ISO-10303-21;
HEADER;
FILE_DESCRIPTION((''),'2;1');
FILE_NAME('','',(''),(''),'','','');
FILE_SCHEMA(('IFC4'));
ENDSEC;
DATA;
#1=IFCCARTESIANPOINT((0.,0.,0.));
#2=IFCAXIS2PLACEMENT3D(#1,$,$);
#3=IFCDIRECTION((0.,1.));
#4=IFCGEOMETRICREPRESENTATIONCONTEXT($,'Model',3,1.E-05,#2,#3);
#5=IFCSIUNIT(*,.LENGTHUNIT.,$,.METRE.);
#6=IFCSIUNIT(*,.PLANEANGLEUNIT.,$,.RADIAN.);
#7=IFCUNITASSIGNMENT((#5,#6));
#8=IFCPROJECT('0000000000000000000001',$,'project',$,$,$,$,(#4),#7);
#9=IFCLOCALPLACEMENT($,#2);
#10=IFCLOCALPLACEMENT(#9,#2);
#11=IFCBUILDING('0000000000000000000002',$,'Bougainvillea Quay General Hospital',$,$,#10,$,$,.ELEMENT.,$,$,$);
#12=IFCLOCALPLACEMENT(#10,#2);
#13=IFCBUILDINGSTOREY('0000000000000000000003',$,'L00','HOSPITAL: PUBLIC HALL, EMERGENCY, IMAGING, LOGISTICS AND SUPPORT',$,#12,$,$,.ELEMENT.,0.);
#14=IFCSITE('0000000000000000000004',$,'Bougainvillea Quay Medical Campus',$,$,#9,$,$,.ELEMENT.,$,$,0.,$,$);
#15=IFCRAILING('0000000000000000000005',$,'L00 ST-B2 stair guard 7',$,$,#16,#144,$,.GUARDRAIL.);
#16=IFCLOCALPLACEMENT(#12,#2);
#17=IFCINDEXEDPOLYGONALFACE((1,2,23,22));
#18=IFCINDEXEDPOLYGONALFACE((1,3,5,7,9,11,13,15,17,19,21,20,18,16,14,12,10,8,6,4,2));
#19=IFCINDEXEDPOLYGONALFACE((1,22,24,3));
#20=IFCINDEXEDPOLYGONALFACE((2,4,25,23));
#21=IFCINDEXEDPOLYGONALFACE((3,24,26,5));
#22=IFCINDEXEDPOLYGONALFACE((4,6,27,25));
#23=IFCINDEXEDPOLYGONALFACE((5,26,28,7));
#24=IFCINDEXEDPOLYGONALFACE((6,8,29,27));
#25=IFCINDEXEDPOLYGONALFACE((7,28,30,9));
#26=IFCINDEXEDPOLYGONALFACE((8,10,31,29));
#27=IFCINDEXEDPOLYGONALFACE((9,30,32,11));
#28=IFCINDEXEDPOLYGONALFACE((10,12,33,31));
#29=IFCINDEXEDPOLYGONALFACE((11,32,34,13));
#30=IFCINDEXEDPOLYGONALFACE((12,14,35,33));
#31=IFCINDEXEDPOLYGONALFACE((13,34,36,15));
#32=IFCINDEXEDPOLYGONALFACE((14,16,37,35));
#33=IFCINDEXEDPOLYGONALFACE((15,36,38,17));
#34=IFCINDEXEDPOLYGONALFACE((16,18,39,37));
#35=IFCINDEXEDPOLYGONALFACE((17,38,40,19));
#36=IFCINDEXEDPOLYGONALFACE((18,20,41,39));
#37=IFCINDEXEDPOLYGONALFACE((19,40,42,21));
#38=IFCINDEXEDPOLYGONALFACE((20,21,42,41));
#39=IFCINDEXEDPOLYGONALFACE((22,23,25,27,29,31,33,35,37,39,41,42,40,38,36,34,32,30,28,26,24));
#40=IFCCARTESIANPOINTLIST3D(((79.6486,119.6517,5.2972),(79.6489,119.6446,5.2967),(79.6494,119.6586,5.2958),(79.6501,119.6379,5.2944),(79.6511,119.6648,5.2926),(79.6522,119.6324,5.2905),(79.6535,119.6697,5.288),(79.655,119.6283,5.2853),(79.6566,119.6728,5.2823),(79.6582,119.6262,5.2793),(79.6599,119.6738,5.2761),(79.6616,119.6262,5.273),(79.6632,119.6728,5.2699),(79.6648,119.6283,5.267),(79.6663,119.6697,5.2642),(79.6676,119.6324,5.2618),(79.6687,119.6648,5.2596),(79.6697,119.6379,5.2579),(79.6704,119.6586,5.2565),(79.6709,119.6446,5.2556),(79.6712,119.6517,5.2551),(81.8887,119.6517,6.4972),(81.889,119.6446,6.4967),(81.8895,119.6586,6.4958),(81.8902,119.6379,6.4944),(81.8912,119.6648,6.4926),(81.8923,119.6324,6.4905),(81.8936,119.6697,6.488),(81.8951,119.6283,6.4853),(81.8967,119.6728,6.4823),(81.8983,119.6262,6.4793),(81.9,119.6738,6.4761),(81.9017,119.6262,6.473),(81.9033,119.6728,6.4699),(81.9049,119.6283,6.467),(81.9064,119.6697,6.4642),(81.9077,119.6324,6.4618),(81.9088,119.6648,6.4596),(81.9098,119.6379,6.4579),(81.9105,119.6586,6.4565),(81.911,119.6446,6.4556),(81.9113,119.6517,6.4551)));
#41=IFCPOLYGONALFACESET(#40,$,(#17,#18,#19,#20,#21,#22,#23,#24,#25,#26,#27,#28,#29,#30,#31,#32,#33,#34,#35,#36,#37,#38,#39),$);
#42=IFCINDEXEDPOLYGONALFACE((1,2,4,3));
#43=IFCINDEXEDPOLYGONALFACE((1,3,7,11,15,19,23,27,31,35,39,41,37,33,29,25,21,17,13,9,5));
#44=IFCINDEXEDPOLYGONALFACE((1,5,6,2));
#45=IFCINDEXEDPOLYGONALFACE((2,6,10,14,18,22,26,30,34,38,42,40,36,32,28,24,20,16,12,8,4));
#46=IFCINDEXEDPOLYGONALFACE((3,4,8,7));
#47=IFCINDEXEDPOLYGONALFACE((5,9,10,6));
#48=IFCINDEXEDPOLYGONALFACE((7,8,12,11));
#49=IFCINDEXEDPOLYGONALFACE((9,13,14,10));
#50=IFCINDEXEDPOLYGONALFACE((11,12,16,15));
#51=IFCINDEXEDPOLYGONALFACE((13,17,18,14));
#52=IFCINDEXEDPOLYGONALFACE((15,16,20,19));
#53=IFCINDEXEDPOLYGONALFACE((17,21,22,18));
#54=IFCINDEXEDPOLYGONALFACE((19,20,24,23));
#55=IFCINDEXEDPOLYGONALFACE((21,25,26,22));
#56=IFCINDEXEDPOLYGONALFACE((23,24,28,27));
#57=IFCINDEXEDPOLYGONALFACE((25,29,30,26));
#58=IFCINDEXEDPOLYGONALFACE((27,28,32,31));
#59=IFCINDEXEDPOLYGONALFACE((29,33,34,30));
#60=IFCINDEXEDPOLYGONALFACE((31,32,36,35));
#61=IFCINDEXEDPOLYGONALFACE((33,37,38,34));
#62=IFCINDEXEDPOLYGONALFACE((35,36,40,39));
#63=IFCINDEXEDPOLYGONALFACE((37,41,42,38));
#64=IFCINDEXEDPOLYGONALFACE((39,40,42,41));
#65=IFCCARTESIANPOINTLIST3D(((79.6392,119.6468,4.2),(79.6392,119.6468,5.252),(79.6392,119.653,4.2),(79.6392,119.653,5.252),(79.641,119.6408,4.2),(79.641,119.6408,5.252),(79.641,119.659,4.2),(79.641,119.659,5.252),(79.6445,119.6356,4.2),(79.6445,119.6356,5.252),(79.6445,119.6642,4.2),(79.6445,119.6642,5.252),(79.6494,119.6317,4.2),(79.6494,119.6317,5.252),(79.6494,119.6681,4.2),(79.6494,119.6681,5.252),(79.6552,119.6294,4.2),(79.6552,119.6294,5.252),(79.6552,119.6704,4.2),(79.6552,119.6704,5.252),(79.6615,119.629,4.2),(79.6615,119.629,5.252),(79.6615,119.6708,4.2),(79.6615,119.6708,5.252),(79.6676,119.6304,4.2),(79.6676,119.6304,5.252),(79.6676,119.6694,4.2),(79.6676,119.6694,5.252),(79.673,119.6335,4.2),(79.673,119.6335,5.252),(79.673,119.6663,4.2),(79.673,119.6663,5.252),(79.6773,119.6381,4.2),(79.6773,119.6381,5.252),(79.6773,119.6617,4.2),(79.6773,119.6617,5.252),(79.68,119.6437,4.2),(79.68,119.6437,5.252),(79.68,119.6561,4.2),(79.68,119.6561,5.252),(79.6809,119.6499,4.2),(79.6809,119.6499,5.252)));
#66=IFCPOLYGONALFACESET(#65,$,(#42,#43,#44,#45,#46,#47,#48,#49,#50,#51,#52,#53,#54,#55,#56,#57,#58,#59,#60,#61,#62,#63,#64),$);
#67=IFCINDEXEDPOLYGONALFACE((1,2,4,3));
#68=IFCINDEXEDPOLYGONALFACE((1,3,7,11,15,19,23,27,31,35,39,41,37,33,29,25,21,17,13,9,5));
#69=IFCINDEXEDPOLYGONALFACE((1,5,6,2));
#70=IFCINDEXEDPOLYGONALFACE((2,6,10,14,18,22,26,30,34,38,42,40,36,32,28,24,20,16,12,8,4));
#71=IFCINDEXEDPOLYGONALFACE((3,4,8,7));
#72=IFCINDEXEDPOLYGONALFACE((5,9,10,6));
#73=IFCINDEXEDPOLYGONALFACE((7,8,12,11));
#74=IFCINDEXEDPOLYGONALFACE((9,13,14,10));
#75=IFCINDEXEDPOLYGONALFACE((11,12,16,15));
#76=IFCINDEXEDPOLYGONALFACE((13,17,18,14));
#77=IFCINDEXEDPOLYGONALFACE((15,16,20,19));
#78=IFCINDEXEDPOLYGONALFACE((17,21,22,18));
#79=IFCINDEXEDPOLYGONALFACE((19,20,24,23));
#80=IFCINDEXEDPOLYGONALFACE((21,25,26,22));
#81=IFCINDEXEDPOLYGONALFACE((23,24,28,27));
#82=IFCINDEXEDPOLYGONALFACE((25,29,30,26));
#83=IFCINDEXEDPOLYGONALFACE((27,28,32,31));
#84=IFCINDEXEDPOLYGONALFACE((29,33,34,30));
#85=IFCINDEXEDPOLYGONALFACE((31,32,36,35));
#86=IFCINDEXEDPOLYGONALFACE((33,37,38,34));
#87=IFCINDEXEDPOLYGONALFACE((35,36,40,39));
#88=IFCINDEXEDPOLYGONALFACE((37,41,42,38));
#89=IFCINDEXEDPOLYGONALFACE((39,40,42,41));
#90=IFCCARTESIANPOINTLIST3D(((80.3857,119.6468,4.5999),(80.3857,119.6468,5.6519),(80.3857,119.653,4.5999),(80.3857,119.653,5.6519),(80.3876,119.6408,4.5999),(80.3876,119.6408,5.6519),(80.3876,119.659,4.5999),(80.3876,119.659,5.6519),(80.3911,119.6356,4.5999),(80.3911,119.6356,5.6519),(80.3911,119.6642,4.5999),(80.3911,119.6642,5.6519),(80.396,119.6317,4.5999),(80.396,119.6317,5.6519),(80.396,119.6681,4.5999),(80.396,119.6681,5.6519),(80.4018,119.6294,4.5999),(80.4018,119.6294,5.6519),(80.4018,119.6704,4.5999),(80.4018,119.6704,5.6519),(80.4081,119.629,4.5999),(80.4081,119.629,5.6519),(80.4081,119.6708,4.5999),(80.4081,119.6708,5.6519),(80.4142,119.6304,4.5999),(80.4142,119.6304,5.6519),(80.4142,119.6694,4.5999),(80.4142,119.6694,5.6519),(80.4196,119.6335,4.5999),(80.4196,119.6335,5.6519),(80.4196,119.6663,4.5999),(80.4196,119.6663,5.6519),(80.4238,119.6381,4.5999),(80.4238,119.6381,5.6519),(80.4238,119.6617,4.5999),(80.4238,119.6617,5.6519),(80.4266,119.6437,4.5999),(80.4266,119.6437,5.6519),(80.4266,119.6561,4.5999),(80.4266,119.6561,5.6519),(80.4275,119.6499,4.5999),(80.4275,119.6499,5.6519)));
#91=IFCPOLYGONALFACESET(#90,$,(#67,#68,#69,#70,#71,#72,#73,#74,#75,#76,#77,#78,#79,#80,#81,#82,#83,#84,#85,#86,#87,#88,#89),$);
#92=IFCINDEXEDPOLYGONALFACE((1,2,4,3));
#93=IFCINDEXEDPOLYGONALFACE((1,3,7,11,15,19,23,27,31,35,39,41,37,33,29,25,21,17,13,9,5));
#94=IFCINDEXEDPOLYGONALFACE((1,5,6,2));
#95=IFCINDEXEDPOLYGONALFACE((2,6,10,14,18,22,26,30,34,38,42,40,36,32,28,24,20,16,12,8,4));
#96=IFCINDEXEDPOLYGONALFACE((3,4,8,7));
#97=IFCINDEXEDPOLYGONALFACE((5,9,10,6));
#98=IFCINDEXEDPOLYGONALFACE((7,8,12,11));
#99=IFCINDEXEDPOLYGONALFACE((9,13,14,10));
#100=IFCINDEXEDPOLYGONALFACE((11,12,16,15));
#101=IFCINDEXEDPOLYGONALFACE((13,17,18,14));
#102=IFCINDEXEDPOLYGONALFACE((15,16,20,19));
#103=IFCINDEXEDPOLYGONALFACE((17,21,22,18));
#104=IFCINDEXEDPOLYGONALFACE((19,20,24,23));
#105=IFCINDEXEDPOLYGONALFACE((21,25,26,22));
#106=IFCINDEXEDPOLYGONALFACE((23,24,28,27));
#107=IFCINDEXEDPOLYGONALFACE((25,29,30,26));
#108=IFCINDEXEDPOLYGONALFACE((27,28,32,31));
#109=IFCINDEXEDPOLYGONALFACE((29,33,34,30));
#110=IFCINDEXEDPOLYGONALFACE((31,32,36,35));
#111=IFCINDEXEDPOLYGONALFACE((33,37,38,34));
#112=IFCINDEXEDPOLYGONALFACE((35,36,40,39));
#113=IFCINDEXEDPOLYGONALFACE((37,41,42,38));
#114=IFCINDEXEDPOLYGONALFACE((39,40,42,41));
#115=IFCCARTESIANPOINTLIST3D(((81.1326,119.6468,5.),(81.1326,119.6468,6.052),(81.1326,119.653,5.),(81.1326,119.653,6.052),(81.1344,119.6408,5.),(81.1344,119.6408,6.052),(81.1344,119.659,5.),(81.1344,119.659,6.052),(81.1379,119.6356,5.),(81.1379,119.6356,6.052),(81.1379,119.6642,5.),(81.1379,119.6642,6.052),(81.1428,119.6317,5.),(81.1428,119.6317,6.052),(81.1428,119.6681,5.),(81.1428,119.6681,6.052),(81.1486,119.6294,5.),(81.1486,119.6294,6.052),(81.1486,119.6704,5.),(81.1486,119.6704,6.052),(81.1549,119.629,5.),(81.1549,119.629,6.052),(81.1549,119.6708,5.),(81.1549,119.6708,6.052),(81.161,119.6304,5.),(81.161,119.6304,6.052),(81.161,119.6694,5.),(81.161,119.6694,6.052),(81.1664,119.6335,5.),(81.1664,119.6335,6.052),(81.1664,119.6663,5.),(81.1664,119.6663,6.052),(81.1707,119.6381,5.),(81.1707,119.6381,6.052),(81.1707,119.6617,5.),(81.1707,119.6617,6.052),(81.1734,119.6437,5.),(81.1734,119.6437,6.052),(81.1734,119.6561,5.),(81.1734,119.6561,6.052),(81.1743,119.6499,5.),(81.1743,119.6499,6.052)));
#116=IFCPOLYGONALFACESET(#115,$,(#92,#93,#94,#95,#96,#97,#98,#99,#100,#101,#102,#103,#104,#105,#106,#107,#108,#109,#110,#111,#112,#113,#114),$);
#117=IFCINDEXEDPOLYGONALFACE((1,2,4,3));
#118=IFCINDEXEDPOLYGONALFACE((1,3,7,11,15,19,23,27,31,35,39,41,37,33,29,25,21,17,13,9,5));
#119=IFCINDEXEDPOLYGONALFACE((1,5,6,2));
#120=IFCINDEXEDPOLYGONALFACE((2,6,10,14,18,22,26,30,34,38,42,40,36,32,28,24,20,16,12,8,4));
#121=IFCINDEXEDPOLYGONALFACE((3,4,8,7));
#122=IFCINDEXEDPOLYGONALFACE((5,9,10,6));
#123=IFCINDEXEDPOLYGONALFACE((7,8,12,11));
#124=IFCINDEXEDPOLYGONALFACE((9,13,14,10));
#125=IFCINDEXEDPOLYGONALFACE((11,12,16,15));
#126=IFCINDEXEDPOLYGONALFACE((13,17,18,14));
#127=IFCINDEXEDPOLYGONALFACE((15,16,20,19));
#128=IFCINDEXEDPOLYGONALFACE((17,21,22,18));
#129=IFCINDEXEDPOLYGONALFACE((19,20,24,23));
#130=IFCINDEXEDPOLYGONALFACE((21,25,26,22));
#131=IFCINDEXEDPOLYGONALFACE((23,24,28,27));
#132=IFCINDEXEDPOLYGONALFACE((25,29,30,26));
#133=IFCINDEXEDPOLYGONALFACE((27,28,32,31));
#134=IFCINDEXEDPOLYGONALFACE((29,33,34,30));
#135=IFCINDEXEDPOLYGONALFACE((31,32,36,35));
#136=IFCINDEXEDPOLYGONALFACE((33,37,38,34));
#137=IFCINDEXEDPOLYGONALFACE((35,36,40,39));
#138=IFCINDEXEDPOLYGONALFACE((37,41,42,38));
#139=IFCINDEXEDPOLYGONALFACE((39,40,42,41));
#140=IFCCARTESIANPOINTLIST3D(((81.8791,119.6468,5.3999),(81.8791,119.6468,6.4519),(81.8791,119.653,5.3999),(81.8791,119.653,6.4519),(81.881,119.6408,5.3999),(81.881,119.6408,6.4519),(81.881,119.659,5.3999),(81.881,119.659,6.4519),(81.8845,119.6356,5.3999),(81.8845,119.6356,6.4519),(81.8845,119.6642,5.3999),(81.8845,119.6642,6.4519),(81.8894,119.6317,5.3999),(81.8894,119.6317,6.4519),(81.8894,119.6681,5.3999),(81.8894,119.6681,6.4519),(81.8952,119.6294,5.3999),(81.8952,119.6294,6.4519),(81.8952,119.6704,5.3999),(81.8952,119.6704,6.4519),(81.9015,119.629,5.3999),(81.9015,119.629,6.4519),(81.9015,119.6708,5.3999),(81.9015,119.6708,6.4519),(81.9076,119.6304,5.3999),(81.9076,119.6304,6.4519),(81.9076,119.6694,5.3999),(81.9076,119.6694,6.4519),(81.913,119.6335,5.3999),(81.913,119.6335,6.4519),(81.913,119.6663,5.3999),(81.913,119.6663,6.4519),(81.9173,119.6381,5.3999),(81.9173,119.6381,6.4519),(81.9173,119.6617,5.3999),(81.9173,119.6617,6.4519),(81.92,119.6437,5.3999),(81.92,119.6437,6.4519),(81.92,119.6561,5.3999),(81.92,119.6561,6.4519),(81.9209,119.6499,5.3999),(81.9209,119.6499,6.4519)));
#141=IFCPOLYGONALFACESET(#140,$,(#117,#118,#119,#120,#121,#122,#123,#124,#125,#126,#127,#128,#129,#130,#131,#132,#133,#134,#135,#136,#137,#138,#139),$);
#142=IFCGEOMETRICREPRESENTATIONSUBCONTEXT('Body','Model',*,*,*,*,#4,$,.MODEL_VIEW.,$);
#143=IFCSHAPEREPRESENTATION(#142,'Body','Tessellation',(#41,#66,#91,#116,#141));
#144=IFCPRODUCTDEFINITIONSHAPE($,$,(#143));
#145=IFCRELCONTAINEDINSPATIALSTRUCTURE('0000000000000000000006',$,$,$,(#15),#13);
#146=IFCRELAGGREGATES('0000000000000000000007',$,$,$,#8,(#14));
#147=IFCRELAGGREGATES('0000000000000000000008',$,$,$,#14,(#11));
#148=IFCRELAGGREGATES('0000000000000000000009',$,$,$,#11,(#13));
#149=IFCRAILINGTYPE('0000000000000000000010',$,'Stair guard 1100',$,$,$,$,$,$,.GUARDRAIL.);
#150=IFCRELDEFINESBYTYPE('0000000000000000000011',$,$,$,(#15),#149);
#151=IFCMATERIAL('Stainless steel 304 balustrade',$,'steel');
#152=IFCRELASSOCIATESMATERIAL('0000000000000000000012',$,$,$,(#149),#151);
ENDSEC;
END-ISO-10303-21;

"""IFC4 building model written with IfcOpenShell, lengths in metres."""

from ifc_helpers import new_model, si_unit, direction, frame, origin, origin_2d, place, context, subcontext, project, spatial, circle, extrude, material, type_object, element, save


model = new_model("IFC4")

# Units and contexts
model_context = context("Model", 3, precision=1e-05, world=origin(), true_north=direction((0.0, 1.0)))
body_context = subcontext(model_context, "Body", "Model", "MODEL_VIEW")
ifc_project = project(units=[si_unit("LENGTHUNIT", "METRE"), si_unit("PLANEANGLEUNIT", "RADIAN")], contexts=[model_context])

# Site, building, storey
site_placement = place(None, origin())
site = spatial("IfcSite", under=ifc_project, at=site_placement, Name="Bougainvillea Quay Medical Campus", CompositionType="ELEMENT", RefElevation=0.0)
building_placement = place(site_placement, origin())
building = spatial("IfcBuilding", under=site, at=building_placement, Name="Bougainvillea Quay General Hospital", CompositionType="ELEMENT")
storey_placement = place(building_placement, origin())
storey = spatial("IfcBuildingStorey", under=building, at=storey_placement, Name="L00", Description="HOSPITAL: PUBLIC HALL, EMERGENCY, IMAGING, LOGISTICS AND SUPPORT", CompositionType="ELEMENT", Elevation=0.0)

# Railing
ifc_material_1 = material(Name="Stainless steel 304 balustrade", Category="steel")
railing_type_1 = type_object("IfcRailingType", Name="Stair guard 1100", PredefinedType="GUARDRAIL", material=ifc_material_1)
railing_1_placement = place(storey_placement, frame((79.6599, 119.6499, 4.2)))
element("IfcRailing", 1, at=railing_1_placement, inside=storey, type_object=railing_type_1, Name="L00 ST-B2 stair guard 7", PredefinedType="GUARDRAIL", context=body_context, shape_type="SweptSolid", body=[
    extrude(circle(Radius=0.0239, at=origin_2d()), frame((0.0, 0.0, 1.0762), z_axis=(0.881487, 0.0, 0.472208), x_axis=(0.0, 1.0, 0.0)), (0.0, 0.0, 1.0), 2.5413),
    extrude(circle(Radius=0.021, at=origin_2d()), origin(), (0.0, 0.0, 1.0), 1.052),
    extrude(circle(Radius=0.021, at=origin_2d()), frame((0.7466, 0.0, 0.3999)), (0.0, 0.0, 1.0), 1.052),
    extrude(circle(Radius=0.021, at=origin_2d()), frame((1.4934, 0.0, 0.8)), (0.0, 0.0, 1.0), 1.052),
    extrude(circle(Radius=0.021, at=origin_2d()), frame((2.24, 0.0, 1.2)), (0.0, 0.0, 1.0), 1.052),
])

save(model, "model.ifc")
